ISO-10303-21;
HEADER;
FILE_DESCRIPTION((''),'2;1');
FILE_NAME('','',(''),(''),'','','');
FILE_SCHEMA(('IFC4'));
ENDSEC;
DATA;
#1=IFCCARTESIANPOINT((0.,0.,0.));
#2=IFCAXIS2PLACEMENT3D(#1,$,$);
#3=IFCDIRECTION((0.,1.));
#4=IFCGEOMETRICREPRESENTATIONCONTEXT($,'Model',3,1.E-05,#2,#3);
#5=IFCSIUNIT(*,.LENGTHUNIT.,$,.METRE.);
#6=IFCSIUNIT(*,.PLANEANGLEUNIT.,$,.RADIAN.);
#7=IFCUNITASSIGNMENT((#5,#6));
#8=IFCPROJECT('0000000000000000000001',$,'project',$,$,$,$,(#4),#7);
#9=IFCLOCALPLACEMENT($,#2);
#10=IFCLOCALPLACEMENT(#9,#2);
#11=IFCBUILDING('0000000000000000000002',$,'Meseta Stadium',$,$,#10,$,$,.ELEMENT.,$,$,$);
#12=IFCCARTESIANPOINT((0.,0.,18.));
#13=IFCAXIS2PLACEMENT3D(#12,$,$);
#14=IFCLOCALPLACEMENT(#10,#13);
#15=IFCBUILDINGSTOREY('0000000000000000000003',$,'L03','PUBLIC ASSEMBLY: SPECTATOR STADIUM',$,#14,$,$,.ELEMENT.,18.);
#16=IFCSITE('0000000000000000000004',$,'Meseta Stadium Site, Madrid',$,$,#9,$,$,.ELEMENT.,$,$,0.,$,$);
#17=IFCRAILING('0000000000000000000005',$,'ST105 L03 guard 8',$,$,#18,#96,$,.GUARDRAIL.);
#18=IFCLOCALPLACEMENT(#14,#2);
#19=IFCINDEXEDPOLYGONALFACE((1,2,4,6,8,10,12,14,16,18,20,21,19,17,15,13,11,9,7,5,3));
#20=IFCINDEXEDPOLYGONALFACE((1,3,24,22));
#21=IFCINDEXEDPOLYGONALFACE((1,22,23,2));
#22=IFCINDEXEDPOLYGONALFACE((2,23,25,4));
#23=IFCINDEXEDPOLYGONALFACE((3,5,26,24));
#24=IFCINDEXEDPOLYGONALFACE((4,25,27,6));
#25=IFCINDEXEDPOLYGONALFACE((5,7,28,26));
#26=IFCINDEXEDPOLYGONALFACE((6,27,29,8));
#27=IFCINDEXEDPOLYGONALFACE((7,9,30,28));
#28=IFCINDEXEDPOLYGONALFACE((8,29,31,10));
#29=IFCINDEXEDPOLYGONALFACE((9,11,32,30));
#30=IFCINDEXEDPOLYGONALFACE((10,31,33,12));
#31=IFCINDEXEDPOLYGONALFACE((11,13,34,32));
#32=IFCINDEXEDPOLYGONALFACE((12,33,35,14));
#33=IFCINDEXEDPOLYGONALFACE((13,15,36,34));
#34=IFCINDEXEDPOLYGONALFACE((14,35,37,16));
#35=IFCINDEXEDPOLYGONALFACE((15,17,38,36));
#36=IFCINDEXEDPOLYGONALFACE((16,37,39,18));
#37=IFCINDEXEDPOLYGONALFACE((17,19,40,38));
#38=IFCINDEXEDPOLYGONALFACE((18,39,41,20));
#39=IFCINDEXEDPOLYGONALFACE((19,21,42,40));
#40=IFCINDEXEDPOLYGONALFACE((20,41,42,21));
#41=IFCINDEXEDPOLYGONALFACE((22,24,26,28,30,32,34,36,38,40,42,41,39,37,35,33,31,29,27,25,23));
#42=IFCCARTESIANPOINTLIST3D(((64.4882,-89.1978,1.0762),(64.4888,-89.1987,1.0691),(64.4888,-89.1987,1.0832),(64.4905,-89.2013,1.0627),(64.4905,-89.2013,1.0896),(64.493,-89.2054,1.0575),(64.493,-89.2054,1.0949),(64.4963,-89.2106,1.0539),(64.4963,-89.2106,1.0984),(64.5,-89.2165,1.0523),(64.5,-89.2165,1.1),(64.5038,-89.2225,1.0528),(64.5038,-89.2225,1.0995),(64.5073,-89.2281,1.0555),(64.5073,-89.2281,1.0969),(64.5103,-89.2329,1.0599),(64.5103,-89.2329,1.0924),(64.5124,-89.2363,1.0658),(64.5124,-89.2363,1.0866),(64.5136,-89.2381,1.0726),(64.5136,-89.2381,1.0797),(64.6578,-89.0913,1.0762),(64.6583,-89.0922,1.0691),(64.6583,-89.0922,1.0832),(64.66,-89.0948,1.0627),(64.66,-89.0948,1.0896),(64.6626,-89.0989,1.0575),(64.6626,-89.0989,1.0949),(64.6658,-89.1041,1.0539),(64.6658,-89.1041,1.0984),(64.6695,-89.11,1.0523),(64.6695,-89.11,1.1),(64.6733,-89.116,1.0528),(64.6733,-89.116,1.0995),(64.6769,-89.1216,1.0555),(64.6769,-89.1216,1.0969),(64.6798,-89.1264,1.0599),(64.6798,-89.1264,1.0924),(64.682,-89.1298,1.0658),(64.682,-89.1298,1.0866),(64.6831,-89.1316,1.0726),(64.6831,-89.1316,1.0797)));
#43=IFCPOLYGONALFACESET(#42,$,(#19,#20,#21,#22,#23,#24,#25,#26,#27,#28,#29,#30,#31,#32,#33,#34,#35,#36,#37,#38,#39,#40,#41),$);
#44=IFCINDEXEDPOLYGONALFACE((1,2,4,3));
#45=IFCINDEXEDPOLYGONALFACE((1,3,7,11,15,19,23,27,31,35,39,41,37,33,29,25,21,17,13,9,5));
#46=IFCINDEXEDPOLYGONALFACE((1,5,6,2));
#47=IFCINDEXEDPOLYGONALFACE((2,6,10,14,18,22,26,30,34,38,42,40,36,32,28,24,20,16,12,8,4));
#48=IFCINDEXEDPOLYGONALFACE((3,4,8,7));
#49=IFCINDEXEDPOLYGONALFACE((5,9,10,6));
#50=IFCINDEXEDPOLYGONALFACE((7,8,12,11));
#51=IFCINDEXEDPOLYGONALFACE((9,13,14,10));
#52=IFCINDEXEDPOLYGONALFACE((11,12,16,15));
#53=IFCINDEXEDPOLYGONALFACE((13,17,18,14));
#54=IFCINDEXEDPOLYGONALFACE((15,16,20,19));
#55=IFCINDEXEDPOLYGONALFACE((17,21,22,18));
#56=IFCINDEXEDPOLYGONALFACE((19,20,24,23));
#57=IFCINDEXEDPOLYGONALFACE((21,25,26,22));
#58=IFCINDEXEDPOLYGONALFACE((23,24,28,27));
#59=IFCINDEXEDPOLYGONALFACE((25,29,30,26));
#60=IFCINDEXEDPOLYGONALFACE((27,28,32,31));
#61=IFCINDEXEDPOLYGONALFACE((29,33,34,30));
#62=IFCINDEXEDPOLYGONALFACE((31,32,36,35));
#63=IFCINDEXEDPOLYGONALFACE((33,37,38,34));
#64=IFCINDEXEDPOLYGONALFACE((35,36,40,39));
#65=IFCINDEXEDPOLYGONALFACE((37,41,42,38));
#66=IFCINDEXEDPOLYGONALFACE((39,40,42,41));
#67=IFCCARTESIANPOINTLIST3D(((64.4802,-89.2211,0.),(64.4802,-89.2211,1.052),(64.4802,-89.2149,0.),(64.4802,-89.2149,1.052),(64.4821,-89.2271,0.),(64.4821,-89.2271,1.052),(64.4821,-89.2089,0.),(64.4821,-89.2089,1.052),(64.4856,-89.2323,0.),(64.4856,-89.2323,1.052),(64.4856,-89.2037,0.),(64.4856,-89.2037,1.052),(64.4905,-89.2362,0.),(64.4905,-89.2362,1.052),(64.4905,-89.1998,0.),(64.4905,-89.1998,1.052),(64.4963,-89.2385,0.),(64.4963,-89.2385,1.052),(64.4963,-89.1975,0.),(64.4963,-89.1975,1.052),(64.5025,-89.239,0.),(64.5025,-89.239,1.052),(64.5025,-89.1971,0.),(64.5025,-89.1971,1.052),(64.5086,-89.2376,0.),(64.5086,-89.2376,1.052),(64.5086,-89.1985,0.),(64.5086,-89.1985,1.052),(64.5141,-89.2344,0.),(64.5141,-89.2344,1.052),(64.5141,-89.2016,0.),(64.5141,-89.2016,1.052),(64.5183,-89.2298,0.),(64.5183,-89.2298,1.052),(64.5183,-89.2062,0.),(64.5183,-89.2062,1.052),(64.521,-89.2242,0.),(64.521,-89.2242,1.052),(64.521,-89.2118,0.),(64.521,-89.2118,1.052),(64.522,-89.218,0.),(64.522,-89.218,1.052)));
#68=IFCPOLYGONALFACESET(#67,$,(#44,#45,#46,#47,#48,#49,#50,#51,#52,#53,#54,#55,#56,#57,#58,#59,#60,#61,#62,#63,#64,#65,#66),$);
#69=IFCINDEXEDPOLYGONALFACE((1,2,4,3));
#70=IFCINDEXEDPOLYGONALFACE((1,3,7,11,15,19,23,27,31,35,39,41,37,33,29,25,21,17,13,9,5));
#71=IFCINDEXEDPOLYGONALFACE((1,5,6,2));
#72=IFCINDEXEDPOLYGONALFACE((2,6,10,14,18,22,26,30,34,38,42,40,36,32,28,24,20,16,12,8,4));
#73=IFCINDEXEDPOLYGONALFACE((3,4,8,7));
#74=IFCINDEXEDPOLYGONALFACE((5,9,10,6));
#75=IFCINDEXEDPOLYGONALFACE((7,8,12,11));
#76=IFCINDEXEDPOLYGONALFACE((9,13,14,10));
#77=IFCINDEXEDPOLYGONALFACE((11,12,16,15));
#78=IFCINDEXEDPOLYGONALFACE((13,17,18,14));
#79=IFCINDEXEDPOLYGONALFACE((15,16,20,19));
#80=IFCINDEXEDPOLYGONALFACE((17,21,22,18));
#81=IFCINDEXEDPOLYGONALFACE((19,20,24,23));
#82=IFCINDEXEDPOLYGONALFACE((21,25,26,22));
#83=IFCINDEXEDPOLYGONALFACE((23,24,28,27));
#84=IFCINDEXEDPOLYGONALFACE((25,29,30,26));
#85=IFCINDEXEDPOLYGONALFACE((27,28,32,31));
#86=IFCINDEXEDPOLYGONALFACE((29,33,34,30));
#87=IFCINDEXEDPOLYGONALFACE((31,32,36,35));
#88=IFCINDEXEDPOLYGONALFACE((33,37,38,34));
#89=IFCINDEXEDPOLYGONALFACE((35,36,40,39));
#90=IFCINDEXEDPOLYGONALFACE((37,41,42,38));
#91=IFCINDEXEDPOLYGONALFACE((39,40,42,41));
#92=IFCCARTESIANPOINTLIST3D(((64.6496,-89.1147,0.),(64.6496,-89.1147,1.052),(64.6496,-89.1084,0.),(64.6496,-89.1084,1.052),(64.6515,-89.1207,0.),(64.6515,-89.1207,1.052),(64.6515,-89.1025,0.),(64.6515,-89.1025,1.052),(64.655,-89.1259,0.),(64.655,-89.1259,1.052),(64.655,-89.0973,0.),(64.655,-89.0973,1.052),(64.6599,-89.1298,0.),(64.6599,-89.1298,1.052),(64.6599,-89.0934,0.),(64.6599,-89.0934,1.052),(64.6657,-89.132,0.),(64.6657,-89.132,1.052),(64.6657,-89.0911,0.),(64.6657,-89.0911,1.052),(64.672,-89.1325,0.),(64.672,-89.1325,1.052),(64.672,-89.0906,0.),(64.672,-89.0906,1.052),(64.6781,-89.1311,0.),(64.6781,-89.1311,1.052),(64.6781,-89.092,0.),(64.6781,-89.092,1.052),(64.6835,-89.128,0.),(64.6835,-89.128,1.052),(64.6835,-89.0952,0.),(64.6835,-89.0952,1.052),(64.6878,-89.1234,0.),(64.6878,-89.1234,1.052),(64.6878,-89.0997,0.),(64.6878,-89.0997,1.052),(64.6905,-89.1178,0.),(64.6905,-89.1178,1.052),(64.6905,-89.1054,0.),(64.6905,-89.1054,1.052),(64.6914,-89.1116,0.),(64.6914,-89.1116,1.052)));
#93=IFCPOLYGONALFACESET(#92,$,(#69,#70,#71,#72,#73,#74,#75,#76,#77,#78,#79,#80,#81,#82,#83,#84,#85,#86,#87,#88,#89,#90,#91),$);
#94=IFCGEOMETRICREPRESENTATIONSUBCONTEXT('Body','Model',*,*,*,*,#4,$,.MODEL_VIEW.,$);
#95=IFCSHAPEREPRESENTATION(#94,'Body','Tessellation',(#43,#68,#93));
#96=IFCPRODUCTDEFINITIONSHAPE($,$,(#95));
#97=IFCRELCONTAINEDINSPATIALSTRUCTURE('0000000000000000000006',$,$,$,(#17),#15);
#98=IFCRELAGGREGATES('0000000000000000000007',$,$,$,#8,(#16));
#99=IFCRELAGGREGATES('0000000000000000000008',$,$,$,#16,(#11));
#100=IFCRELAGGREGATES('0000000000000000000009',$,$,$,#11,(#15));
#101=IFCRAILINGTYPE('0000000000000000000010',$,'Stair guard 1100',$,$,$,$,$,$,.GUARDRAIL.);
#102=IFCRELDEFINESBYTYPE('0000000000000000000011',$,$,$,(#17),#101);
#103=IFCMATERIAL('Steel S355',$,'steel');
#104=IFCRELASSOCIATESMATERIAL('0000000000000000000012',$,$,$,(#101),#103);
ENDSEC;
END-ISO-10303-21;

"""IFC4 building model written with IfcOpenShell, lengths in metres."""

from ifc_helpers import new_model, si_unit, direction, frame, origin, origin_2d, place, context, subcontext, project, spatial, circle, extrude, material, type_object, element, save


model = new_model("IFC4")

# Units and contexts
model_context = context("Model", 3, precision=1e-05, world=origin(), true_north=direction((0.0, 1.0)))
body_context = subcontext(model_context, "Body", "Model", "MODEL_VIEW")
ifc_project = project(units=[si_unit("LENGTHUNIT", "METRE"), si_unit("PLANEANGLEUNIT", "RADIAN")], contexts=[model_context])

# Site, building, storey
site_placement = place(None, origin())
site = spatial("IfcSite", under=ifc_project, at=site_placement, Name="Meseta Stadium Site, Madrid", CompositionType="ELEMENT", RefElevation=0.0)
building_placement = place(site_placement, origin())
building = spatial("IfcBuilding", under=site, at=building_placement, Name="Meseta Stadium", CompositionType="ELEMENT")
storey_placement = place(building_placement, frame((0.0, 0.0, 18.0)))
storey = spatial("IfcBuildingStorey", under=building, at=storey_placement, Name="L03", Description="PUBLIC ASSEMBLY: SPECTATOR STADIUM", CompositionType="ELEMENT", Elevation=18.0)

# Railing
ifc_material_1 = material(Name="Steel S355", Category="steel")
railing_type_1 = type_object("IfcRailingType", Name="Stair guard 1100", PredefinedType="GUARDRAIL", material=ifc_material_1)
railing_1_placement = place(storey_placement, frame((64.501, -89.218, 0.0)))
element("IfcRailing", 1, at=railing_1_placement, inside=storey, type_object=railing_type_1, Name="ST105 L03 guard 8", PredefinedType="GUARDRAIL", context=body_context, shape_type="SweptSolid", body=[
    extrude(circle(Radius=0.0239, at=origin_2d()), frame((0.0, 0.0, 1.0762), z_axis=(0.846762, 0.531972, 0.0), x_axis=(-0.531972, 0.846762, 0.0)), (0.0, 0.0, 1.0), 0.2002),
    extrude(circle(Radius=0.021, at=origin_2d()), origin(), (0.0, 0.0, 1.0), 1.052),
    extrude(circle(Radius=0.021, at=origin_2d()), frame((0.1694, 0.1064, 0.0)), (0.0, 0.0, 1.0), 1.052),
])

save(model, "model.ifc")
